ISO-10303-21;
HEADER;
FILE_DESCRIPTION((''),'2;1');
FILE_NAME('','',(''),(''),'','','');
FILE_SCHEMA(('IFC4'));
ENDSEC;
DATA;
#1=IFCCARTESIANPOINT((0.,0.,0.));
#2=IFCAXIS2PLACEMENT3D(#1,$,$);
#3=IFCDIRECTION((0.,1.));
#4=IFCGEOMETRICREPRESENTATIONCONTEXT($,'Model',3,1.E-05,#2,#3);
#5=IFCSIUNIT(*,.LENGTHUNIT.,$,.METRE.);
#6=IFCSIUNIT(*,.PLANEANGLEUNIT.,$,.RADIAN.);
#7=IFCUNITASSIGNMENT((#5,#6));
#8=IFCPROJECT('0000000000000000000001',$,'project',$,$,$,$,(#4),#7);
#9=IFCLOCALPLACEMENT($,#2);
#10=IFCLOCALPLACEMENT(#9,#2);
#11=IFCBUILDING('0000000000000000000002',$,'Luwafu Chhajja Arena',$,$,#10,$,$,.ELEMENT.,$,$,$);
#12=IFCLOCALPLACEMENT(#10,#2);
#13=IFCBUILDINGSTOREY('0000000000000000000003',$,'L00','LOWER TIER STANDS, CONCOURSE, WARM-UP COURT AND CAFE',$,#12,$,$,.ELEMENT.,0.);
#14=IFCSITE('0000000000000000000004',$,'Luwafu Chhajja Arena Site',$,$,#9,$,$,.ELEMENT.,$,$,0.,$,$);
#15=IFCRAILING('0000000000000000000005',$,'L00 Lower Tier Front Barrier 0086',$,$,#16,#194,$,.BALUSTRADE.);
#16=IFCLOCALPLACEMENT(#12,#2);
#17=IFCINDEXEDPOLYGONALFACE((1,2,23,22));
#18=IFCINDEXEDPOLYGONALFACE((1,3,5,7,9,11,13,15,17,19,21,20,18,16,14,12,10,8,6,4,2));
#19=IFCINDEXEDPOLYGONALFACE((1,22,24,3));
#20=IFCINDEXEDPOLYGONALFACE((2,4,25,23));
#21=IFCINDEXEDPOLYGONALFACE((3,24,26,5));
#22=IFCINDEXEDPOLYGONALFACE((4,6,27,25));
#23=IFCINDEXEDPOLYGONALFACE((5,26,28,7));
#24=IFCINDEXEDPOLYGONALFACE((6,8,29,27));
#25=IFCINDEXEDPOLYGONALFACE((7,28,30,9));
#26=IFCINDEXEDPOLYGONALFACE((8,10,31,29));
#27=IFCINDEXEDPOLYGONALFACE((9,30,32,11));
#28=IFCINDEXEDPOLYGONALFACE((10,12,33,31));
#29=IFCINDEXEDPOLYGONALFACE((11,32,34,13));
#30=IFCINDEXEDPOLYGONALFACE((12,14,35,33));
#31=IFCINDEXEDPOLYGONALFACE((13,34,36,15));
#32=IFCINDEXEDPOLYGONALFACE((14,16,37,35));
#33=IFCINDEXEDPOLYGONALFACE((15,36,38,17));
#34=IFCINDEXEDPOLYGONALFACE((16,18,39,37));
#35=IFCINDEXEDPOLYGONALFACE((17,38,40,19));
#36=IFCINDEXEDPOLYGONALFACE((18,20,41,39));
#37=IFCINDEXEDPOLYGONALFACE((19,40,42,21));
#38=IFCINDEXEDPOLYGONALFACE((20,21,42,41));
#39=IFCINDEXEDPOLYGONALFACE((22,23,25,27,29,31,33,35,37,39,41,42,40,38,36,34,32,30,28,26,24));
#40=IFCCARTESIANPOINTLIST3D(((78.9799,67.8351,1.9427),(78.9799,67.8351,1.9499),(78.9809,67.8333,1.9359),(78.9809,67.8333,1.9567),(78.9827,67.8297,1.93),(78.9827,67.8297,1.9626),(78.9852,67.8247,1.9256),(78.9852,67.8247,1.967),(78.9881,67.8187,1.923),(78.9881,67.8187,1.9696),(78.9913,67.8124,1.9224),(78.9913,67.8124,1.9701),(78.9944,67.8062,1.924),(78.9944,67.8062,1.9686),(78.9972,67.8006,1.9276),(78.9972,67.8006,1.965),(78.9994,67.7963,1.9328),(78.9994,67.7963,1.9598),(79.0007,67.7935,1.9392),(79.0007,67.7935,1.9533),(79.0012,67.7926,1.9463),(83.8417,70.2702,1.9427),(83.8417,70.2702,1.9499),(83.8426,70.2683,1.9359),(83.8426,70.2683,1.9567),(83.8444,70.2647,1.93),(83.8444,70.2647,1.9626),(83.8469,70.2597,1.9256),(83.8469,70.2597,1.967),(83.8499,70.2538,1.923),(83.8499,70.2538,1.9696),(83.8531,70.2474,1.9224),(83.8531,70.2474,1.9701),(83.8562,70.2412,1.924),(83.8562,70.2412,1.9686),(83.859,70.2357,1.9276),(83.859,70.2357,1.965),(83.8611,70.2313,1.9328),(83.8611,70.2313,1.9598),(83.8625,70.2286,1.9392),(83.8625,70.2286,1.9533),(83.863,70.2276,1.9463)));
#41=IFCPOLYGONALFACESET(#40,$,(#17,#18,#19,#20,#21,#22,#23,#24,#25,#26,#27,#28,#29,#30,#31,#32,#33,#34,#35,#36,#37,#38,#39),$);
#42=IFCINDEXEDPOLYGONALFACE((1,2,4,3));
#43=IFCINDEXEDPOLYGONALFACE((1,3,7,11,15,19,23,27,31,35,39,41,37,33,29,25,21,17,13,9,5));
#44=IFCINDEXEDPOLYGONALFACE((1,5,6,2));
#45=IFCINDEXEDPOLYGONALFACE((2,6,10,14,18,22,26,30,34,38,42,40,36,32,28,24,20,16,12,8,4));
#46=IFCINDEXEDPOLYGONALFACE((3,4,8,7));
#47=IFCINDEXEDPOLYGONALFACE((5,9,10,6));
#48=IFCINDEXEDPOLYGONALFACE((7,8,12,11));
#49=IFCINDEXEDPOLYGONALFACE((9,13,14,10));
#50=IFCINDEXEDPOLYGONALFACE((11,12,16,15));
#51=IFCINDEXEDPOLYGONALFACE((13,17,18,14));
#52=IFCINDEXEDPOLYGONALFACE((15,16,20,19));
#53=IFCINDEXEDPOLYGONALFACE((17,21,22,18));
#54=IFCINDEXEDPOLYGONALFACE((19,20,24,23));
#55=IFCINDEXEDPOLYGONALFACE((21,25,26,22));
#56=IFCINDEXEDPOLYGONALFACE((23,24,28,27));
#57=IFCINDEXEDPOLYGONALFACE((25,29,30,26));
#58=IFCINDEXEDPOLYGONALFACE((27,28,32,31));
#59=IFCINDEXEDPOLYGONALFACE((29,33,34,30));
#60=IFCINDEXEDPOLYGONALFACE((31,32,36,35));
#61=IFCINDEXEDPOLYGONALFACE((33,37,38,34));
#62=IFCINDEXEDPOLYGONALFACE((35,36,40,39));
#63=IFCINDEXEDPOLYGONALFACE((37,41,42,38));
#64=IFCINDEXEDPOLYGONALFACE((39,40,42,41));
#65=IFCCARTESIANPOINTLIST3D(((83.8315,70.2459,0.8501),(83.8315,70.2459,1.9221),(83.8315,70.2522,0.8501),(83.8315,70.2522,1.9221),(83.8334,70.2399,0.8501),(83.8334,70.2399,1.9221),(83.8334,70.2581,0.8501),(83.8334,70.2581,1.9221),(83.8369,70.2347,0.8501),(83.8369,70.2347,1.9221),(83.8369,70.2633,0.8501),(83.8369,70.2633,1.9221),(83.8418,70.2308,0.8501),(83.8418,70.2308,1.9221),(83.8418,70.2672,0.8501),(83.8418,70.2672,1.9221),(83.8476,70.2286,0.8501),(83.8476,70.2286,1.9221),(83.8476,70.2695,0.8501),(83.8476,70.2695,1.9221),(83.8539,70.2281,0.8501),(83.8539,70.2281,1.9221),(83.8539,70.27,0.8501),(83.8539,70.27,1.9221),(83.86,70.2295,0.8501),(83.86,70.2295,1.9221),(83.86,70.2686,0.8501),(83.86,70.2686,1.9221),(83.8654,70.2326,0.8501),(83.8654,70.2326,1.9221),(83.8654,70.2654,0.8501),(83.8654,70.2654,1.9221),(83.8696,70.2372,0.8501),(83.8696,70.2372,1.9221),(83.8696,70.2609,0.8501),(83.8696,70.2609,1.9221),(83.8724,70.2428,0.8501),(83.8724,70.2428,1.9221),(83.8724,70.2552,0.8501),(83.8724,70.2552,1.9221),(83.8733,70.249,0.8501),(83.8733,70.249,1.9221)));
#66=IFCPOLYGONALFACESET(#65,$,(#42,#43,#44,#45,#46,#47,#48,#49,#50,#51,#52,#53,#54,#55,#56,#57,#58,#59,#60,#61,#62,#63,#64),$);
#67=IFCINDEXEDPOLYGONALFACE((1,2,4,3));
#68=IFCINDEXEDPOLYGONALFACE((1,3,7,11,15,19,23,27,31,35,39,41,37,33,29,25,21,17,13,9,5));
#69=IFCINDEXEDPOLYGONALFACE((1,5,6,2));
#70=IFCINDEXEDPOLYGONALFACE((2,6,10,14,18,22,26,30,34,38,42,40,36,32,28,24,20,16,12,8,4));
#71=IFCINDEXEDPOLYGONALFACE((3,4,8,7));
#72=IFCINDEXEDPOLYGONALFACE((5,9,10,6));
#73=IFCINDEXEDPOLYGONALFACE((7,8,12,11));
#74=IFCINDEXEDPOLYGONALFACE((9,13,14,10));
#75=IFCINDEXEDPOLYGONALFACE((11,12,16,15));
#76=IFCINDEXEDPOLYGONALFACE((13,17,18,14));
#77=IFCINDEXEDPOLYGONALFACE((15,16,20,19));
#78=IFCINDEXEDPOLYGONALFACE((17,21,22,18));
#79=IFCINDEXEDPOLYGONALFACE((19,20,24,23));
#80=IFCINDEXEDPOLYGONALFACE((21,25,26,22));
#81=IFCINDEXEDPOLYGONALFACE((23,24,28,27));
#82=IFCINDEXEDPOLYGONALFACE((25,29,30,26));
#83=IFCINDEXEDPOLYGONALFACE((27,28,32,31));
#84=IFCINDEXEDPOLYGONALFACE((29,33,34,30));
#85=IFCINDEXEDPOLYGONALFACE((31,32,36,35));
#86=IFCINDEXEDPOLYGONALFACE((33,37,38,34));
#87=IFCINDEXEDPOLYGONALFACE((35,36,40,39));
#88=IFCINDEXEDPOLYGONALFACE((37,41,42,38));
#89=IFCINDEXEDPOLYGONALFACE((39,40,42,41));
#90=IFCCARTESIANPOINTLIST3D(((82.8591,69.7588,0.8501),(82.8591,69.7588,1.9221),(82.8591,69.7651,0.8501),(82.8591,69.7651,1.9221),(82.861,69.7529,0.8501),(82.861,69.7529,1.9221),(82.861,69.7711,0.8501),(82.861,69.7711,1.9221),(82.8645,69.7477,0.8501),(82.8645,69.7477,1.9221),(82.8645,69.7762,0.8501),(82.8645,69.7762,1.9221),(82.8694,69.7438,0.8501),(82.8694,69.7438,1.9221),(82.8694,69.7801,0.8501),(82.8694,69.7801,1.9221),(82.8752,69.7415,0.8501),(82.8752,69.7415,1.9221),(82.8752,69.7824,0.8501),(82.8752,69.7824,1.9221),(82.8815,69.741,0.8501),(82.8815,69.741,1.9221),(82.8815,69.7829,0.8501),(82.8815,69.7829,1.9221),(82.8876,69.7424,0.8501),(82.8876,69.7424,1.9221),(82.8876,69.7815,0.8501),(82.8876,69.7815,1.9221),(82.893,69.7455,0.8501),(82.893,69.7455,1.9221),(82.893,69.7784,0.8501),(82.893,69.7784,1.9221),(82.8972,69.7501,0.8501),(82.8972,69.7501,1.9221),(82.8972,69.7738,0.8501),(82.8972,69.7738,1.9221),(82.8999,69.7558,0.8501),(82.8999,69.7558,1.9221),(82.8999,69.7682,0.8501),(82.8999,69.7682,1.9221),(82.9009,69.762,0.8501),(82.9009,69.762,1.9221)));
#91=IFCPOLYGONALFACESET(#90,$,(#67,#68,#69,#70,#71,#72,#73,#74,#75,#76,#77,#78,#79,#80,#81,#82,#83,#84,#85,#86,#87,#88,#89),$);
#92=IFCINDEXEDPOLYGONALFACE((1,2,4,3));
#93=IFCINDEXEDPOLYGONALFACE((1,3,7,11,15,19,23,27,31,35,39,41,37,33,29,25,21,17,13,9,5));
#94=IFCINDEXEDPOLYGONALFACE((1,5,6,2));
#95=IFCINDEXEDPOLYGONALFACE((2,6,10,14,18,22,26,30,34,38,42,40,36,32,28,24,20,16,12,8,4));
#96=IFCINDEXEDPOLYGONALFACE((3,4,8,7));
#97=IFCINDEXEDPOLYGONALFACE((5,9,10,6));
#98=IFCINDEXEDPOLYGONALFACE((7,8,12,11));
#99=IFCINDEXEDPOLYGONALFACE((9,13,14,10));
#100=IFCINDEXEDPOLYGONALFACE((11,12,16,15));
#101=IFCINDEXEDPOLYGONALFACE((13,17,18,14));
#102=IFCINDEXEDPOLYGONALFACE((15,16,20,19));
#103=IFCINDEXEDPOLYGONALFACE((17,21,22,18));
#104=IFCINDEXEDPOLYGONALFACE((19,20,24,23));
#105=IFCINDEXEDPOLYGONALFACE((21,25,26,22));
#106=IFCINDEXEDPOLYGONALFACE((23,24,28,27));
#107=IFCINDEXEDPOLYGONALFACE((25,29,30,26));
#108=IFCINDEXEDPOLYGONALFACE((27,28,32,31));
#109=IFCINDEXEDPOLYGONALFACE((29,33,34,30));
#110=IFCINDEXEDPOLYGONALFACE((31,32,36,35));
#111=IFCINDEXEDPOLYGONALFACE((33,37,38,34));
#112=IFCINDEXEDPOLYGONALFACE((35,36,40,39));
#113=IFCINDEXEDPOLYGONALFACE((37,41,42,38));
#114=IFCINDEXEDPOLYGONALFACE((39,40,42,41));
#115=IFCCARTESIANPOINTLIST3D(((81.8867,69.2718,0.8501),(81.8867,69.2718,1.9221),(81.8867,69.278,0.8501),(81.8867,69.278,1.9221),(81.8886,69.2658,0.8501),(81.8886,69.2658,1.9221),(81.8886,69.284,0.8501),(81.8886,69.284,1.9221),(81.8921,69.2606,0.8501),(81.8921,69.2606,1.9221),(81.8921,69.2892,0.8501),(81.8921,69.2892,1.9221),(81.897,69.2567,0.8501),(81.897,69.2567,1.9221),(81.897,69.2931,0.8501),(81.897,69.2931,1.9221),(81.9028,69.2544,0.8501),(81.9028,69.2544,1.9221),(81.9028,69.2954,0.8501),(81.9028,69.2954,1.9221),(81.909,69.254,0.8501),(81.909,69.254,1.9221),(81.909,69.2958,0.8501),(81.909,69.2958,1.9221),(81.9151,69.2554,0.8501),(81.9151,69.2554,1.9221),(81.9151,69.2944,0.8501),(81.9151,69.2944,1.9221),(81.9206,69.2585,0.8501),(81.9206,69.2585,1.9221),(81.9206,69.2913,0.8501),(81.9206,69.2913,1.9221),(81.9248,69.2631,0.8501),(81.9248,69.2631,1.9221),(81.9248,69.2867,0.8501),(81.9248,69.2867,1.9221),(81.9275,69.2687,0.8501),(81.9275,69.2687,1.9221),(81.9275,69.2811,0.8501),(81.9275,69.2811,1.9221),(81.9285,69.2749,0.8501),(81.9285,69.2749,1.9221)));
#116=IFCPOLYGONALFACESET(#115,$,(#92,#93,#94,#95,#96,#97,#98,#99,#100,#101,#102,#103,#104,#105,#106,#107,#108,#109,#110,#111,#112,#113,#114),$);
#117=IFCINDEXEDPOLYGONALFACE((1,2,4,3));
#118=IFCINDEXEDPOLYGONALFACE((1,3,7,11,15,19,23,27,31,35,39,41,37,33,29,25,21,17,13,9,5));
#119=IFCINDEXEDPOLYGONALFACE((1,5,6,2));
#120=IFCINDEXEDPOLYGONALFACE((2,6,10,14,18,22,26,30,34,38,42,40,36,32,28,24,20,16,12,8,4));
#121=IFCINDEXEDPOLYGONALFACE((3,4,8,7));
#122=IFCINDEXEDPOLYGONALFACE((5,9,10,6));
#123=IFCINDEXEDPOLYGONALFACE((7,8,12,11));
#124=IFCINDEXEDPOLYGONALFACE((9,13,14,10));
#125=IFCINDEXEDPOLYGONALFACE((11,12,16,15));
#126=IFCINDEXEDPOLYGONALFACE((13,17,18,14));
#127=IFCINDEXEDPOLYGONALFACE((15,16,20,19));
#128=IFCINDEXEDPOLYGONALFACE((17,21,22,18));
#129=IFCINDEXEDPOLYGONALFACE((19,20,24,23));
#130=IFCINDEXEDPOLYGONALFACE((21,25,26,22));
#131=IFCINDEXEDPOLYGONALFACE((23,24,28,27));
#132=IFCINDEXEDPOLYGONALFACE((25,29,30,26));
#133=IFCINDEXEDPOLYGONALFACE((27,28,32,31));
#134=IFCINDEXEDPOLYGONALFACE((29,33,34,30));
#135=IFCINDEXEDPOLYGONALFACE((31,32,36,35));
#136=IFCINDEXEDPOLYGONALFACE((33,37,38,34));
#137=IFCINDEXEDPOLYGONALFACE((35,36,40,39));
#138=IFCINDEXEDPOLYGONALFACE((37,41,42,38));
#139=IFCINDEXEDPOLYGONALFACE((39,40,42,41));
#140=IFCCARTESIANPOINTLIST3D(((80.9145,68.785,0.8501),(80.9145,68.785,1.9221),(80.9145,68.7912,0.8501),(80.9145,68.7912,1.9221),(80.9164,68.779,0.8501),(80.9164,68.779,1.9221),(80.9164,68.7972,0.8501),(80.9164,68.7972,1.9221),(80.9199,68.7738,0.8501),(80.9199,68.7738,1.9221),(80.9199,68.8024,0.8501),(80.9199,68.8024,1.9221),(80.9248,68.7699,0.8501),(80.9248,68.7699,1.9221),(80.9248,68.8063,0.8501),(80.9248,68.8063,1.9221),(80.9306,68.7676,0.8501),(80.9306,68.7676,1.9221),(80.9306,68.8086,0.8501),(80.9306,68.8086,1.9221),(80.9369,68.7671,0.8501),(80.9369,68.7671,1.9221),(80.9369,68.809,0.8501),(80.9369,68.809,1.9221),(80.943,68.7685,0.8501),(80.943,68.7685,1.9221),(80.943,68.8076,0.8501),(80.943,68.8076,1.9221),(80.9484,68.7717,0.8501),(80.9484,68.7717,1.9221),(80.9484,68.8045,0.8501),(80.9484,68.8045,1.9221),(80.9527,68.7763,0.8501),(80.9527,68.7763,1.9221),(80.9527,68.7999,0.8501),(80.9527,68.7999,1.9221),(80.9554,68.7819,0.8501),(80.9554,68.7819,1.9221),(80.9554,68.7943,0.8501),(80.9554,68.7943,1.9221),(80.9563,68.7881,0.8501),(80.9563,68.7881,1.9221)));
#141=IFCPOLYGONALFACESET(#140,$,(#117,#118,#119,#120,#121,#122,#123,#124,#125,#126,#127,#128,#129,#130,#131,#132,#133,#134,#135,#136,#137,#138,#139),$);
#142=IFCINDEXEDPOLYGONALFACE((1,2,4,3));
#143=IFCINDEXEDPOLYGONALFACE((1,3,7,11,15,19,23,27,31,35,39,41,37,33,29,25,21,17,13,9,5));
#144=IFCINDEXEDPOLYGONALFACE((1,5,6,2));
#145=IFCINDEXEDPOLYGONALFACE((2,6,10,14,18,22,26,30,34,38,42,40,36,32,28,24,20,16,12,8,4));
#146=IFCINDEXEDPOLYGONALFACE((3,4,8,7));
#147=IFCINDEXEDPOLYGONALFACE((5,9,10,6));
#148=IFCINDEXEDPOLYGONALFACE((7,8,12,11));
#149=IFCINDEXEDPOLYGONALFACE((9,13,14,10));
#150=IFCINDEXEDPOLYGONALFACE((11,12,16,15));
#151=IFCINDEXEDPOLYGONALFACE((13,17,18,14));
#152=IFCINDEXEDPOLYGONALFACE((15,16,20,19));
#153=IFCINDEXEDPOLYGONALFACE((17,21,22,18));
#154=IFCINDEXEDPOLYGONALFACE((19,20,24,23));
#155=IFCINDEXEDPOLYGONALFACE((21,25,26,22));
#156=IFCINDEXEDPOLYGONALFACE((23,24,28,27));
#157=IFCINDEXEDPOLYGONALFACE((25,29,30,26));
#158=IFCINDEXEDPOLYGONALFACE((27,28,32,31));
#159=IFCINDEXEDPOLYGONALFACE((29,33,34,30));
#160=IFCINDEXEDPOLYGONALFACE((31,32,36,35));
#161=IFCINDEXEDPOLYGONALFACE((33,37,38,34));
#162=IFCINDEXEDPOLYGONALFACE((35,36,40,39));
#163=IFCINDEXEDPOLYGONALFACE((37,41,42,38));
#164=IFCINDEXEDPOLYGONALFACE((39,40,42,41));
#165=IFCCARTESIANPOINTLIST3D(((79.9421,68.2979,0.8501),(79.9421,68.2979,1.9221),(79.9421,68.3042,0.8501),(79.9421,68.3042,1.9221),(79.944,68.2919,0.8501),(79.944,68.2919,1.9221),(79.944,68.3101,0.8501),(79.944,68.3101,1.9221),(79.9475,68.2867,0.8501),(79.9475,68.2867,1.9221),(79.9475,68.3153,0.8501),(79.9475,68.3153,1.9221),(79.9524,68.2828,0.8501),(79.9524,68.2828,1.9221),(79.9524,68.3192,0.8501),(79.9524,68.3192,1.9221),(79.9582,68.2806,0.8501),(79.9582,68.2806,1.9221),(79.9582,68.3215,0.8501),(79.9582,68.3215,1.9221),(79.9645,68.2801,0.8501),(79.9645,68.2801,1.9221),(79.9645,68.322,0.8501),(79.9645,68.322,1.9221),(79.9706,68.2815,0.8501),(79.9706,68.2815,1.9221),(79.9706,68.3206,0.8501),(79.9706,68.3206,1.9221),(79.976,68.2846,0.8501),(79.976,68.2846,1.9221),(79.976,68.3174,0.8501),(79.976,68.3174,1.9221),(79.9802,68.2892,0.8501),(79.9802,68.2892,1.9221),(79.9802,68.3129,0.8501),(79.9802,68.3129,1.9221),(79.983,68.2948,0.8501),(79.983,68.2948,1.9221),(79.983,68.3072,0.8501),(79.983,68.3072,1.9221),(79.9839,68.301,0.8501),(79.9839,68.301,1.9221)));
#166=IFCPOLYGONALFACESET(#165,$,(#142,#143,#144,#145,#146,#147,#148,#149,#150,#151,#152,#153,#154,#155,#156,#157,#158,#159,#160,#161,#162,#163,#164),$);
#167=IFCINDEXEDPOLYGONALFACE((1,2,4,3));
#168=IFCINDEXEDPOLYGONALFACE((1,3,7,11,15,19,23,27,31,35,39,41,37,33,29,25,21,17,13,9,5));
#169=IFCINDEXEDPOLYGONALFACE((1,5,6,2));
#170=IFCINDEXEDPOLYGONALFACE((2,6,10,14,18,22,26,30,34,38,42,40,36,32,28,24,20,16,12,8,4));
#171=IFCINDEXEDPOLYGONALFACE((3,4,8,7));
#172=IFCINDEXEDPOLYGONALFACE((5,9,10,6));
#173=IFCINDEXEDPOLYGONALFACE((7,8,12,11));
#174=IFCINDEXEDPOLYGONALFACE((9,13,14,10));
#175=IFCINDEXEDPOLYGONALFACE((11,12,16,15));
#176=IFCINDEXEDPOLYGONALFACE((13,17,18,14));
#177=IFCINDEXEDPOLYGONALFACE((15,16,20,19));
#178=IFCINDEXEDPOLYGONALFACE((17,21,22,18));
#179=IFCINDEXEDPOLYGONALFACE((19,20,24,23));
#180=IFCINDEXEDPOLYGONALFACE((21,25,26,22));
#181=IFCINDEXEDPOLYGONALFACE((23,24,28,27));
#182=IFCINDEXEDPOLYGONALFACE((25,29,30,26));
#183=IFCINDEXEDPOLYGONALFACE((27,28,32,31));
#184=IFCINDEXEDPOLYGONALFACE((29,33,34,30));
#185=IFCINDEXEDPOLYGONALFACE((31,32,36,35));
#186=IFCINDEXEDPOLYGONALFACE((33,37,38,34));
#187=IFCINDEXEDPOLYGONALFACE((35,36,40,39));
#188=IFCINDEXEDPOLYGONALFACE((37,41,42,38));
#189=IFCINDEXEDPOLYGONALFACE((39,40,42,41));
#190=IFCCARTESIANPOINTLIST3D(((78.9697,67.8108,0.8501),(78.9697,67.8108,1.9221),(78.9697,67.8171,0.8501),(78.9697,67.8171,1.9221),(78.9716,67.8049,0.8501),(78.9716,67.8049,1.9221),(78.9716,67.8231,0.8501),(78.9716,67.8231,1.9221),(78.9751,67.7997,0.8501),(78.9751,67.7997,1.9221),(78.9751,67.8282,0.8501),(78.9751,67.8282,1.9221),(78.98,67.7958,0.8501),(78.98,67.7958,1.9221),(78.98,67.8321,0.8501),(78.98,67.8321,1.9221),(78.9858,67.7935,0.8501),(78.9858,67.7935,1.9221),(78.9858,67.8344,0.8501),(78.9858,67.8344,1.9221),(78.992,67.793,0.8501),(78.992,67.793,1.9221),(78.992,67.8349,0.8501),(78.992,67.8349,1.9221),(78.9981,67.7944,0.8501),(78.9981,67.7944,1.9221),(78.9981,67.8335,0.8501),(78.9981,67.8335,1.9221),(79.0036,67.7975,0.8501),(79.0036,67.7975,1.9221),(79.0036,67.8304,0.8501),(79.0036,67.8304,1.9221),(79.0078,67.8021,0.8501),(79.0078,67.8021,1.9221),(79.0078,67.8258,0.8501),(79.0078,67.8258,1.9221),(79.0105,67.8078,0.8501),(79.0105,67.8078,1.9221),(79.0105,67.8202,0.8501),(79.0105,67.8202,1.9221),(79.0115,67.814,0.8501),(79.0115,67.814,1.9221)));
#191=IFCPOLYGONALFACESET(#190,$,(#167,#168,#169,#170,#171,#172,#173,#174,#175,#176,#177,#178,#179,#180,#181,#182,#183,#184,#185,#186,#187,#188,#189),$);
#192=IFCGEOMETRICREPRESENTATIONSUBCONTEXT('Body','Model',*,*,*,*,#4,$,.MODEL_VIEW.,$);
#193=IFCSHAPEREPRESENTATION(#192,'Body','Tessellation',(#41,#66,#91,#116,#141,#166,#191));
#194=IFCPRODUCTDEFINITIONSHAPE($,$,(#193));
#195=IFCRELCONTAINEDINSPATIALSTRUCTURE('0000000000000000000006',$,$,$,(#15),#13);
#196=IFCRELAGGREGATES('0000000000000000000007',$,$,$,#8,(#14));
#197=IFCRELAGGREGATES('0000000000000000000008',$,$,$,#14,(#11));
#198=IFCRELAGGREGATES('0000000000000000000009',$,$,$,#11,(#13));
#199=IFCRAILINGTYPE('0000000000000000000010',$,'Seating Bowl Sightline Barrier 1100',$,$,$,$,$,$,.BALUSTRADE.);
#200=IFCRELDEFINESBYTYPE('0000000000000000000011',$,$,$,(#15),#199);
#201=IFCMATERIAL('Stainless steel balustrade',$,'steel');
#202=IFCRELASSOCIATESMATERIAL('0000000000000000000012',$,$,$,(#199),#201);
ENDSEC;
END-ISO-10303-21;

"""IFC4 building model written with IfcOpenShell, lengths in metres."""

from ifc_helpers import new_model, si_unit, direction, frame, origin, origin_2d, place, context, subcontext, project, spatial, circle, extrude, material, type_object, element, save


model = new_model("IFC4")

# Units and contexts
model_context = context("Model", 3, precision=1e-05, world=origin(), true_north=direction((0.0, 1.0)))
body_context = subcontext(model_context, "Body", "Model", "MODEL_VIEW")
ifc_project = project(units=[si_unit("LENGTHUNIT", "METRE"), si_unit("PLANEANGLEUNIT", "RADIAN")], contexts=[model_context])

# Site, building, storey
site_placement = place(None, origin())
site = spatial("IfcSite", under=ifc_project, at=site_placement, Name="Luwafu Chhajja Arena Site", CompositionType="ELEMENT", RefElevation=0.0)
building_placement = place(site_placement, origin())
building = spatial("IfcBuilding", under=site, at=building_placement, Name="Luwafu Chhajja Arena", CompositionType="ELEMENT")
storey_placement = place(building_placement, origin())
storey = spatial("IfcBuildingStorey", under=building, at=storey_placement, Name="L00", Description="LOWER TIER STANDS, CONCOURSE, WARM-UP COURT AND CAFE", CompositionType="ELEMENT", Elevation=0.0)

# Railing
ifc_material_1 = material(Name="Stainless steel balustrade", Category="steel")
railing_type = type_object("IfcRailingType", Name="Seating Bowl Sightline Barrier 1100", PredefinedType="BALUSTRADE", material=ifc_material_1)
railing_1_placement = place(storey_placement, frame((83.8523, 70.249, 0.8501)))
element("IfcRailing", 1, at=railing_1_placement, inside=storey, type_object=railing_type, Name="L00 Lower Tier Front Barrier 0086", PredefinedType="BALUSTRADE", context=body_context, shape_type="SweptSolid", body=[
    extrude(circle(Radius=0.0239, at=origin_2d()), frame((0.0, 0.0, 1.0962), z_axis=(-0.894122, -0.447824, 0.0), x_axis=(0.447824, -0.894122, 0.0)), (0.0, 0.0, 1.0), 5.4375),
    extrude(circle(Radius=0.021, at=origin_2d()), origin(), (0.0, 0.0, 1.0), 1.072),
    extrude(circle(Radius=0.021, at=origin_2d()), frame((-0.9724, -0.4871, 0.0)), (0.0, 0.0, 1.0), 1.072),
    extrude(circle(Radius=0.021, at=origin_2d()), frame((-1.9448, -0.9741, 0.0)), (0.0, 0.0, 1.0), 1.072),
    extrude(circle(Radius=0.021, at=origin_2d()), frame((-2.917, -1.4609, 0.0)), (0.0, 0.0, 1.0), 1.072),
    extrude(circle(Radius=0.021, at=origin_2d()), frame((-3.8894, -1.948, 0.0)), (0.0, 0.0, 1.0), 1.072),
    extrude(circle(Radius=0.021, at=origin_2d()), frame((-4.8618, -2.4351, 0.0)), (0.0, 0.0, 1.0), 1.072),
])

save(model, "model.ifc")
